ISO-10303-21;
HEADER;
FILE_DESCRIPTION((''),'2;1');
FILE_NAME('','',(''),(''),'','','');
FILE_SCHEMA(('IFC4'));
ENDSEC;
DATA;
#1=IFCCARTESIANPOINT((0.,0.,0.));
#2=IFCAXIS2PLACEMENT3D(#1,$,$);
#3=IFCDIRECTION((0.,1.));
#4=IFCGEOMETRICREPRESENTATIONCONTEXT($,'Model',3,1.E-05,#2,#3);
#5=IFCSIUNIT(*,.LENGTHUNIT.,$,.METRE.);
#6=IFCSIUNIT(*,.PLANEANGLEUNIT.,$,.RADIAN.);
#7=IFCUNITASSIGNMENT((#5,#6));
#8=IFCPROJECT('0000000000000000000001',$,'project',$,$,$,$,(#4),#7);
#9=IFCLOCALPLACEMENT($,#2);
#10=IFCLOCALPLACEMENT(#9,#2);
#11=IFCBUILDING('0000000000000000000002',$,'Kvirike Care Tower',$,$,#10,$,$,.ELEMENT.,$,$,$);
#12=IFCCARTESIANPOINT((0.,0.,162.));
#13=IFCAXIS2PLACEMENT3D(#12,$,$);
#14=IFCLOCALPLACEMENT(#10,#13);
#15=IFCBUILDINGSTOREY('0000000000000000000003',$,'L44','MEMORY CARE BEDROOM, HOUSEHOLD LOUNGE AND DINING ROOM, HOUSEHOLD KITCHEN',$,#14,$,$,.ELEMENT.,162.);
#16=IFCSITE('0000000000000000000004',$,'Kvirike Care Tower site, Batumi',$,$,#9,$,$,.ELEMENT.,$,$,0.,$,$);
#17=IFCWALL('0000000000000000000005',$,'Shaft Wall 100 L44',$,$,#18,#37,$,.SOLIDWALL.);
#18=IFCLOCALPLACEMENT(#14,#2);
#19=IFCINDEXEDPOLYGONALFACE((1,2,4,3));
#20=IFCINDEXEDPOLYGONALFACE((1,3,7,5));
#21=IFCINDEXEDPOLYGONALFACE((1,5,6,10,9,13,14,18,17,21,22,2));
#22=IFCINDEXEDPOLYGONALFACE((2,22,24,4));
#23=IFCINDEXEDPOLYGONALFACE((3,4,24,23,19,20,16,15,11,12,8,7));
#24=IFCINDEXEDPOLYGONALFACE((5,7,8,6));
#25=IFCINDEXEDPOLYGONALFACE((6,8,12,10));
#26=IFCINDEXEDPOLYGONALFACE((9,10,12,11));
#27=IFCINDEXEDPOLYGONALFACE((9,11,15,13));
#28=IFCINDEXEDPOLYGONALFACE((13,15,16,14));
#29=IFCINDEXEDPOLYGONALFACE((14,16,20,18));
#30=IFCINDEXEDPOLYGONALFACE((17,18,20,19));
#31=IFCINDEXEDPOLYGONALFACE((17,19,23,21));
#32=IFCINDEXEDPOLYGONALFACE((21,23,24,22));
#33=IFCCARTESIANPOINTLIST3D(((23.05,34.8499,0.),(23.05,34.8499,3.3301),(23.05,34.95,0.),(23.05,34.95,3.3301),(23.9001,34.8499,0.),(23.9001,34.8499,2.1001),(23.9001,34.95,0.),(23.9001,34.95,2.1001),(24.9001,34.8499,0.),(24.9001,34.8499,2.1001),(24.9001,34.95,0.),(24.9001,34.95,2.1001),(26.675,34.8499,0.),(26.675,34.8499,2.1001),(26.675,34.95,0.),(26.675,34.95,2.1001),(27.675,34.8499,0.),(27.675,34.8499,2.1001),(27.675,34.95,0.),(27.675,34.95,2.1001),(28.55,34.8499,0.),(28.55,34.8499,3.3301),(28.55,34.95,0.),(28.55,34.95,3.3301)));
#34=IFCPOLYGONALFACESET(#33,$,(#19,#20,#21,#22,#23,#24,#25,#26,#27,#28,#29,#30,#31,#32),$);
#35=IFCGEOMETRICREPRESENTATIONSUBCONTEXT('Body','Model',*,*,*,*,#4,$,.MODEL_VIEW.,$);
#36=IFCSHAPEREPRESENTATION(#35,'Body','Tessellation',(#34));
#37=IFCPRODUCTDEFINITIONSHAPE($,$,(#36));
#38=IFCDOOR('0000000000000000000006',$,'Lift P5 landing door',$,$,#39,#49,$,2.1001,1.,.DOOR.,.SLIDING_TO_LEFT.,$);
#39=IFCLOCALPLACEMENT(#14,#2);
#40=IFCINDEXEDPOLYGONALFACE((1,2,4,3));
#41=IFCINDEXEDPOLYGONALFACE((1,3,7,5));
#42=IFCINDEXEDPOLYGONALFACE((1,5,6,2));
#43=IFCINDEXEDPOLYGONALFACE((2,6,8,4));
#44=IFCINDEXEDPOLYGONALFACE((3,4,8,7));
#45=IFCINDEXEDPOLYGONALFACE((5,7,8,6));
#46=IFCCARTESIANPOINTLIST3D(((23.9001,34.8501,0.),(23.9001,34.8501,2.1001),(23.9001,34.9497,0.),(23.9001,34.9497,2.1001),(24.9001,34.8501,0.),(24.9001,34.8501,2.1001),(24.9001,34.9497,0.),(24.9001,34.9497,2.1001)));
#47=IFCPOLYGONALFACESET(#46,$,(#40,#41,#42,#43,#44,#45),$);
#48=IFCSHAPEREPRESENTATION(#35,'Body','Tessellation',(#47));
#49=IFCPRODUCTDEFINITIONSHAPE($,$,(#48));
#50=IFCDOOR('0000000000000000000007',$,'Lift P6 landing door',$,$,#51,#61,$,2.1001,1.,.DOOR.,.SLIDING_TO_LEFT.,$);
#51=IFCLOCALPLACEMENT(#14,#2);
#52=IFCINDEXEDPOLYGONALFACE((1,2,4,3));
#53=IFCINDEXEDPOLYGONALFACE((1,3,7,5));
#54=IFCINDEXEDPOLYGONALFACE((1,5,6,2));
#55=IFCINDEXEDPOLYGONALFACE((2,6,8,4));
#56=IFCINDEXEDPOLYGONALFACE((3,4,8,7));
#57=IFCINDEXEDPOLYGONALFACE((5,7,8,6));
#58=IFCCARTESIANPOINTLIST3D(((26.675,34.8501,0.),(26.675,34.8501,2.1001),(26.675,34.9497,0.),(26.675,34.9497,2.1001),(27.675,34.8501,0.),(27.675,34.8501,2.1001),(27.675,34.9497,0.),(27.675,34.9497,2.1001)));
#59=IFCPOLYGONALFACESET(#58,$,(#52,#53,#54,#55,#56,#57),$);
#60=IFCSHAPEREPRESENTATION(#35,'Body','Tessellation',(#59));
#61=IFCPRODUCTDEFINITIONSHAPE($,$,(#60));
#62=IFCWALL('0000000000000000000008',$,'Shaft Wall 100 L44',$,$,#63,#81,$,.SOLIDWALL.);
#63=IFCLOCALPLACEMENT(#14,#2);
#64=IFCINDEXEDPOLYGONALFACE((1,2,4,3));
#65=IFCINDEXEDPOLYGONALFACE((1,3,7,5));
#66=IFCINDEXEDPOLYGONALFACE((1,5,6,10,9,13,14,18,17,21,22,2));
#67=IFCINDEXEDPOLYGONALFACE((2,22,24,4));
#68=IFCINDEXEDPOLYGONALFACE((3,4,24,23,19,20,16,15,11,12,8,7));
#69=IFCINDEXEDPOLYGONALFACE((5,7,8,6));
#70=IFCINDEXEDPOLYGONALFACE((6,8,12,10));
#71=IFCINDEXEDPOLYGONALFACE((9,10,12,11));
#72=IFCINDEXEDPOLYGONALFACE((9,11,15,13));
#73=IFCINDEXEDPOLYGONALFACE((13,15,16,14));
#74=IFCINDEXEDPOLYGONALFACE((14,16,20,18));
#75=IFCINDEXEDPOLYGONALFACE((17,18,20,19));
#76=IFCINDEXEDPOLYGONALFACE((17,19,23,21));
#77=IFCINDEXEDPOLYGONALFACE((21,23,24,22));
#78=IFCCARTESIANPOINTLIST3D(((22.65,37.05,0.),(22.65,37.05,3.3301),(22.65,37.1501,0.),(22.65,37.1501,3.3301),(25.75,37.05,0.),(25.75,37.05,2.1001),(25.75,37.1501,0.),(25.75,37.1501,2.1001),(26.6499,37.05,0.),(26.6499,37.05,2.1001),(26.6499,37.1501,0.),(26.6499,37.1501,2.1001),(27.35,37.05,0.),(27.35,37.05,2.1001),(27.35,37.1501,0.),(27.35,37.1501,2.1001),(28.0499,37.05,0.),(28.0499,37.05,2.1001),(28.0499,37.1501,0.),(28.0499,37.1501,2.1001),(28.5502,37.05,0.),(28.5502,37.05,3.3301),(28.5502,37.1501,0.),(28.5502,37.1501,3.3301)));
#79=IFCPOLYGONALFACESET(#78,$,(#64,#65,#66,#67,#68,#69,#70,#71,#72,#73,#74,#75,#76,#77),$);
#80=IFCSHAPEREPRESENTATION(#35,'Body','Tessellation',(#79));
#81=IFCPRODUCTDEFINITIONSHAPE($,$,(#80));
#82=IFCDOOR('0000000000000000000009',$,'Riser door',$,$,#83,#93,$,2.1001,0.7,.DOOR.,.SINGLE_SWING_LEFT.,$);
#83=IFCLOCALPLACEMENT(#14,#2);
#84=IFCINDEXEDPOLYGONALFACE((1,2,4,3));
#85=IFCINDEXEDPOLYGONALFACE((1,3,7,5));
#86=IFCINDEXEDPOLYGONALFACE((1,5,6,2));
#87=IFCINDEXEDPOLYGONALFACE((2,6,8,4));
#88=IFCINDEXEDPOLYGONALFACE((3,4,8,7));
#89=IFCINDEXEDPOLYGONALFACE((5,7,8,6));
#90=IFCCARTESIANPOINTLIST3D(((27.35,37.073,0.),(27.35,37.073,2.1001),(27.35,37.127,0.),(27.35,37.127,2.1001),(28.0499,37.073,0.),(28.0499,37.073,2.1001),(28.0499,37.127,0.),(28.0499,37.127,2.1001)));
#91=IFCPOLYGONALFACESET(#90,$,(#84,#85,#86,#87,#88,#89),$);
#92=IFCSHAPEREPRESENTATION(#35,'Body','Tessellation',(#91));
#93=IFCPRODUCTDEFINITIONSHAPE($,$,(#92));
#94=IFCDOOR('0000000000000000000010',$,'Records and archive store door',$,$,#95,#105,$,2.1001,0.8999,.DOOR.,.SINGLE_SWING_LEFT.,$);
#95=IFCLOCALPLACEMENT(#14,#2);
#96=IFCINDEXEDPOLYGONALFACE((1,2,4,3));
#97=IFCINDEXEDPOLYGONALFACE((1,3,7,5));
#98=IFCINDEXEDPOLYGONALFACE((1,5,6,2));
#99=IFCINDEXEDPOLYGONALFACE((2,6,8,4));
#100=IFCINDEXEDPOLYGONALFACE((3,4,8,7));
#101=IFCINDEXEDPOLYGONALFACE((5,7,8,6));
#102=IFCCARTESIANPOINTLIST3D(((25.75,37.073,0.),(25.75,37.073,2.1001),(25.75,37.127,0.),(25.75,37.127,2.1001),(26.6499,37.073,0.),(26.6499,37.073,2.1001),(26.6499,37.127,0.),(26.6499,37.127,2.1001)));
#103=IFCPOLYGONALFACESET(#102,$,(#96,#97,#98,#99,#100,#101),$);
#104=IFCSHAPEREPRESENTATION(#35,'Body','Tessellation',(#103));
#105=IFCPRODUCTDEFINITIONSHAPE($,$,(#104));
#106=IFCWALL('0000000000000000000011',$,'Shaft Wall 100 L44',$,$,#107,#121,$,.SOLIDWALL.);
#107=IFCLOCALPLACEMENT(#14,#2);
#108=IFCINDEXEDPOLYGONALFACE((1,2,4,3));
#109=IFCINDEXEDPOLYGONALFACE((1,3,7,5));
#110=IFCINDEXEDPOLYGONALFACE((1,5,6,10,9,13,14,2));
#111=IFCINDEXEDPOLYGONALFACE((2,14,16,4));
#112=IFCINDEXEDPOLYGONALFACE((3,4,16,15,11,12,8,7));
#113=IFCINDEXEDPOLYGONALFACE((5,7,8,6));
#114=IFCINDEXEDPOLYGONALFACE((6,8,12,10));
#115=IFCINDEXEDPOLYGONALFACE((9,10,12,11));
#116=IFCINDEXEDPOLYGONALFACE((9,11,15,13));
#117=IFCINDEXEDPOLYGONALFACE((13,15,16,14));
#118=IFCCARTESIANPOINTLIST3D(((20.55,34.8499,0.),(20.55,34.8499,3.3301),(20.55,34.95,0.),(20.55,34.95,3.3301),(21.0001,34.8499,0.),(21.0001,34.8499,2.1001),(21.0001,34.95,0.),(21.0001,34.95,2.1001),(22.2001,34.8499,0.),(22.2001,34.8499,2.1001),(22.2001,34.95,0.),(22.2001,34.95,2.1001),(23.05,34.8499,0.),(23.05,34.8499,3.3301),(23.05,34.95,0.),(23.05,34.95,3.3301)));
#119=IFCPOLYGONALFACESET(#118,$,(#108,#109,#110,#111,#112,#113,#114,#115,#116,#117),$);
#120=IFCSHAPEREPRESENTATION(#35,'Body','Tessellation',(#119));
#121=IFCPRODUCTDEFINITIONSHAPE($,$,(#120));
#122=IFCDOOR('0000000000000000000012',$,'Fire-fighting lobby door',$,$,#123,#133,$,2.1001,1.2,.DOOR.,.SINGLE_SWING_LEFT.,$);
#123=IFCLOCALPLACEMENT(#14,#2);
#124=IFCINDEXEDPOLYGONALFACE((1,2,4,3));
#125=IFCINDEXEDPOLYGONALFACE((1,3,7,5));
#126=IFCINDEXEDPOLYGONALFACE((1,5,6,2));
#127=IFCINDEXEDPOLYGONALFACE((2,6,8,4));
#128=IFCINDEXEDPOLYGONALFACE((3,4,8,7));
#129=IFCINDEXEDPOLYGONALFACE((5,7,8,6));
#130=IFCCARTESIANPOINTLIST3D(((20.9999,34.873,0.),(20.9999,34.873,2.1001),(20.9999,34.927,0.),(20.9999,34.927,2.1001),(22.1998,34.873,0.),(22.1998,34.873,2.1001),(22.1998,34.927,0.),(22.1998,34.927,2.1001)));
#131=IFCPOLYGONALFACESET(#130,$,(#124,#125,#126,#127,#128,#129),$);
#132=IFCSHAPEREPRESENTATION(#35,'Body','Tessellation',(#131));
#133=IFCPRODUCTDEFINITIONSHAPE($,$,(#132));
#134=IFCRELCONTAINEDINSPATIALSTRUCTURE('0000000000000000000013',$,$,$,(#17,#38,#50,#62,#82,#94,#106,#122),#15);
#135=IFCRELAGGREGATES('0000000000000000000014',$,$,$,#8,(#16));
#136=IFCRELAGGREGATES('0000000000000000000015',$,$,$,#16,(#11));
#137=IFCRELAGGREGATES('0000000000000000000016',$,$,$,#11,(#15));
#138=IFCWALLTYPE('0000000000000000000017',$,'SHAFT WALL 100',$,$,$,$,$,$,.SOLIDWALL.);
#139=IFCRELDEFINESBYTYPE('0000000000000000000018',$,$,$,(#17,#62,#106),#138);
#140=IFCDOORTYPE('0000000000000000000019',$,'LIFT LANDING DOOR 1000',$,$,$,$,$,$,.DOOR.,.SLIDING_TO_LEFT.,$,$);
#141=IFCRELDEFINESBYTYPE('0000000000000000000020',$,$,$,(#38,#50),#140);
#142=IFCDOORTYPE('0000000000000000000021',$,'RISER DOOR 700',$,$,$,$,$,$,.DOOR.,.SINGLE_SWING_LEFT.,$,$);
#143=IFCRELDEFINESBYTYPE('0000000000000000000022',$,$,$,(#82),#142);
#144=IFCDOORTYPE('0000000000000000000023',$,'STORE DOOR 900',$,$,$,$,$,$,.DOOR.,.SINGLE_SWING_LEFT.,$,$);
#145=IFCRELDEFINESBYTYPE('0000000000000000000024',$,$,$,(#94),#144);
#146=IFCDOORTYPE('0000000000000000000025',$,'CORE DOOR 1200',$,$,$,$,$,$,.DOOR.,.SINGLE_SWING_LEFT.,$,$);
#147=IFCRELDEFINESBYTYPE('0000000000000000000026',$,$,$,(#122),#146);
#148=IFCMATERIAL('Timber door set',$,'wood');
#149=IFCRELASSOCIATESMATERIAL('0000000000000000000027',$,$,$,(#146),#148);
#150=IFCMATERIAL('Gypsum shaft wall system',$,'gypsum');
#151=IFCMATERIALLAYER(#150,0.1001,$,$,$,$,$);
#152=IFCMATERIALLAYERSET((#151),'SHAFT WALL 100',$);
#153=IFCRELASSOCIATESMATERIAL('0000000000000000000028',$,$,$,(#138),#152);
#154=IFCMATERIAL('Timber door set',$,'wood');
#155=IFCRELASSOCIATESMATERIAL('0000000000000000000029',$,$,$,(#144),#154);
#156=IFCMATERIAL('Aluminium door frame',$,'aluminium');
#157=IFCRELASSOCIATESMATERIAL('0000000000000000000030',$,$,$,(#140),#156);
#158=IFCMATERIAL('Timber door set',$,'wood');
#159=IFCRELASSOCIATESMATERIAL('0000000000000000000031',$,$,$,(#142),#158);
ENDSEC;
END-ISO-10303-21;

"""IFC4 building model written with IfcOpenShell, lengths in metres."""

from ifc_helpers import new_model, si_unit, direction, frame, frame_2d, origin, place, context, subcontext, project, spatial, rectangle, extrude, material, layer, layer_set, type_object, element, fill, save


model = new_model("IFC4")

# Units and contexts
model_context = context("Model", 3, precision=1e-05, world=origin(), true_north=direction((0.0, 1.0)))
body_context = subcontext(model_context, "Body", "Model", "MODEL_VIEW")
ifc_project = project(units=[si_unit("LENGTHUNIT", "METRE"), si_unit("PLANEANGLEUNIT", "RADIAN")], contexts=[model_context])

# Site, building, storey
site_placement = place(None, origin())
site = spatial("IfcSite", under=ifc_project, at=site_placement, Name="Kvirike Care Tower site, Batumi", CompositionType="ELEMENT", RefElevation=0.0)
building_placement = place(site_placement, origin())
building = spatial("IfcBuilding", under=site, at=building_placement, Name="Kvirike Care Tower", CompositionType="ELEMENT")
storey_placement = place(building_placement, frame((0.0, 0.0, 162.0)))
storey = spatial("IfcBuildingStorey", under=building, at=storey_placement, Name="L44", Description="MEMORY CARE BEDROOM, HOUSEHOLD LOUNGE AND DINING ROOM, HOUSEHOLD KITCHEN", CompositionType="ELEMENT", Elevation=162.0)

# Shared definitions
ifc_material_1 = material(Name="Timber door set", Category="wood")
door_type_1 = type_object("IfcDoorType", Name="CORE DOOR 1200", OperationType="SINGLE_SWING_LEFT", PredefinedType="DOOR", material=ifc_material_1)

# Shared definitions
ifc_material_2 = material(Name="Gypsum shaft wall system", Category="gypsum")
ifc_layer_1 = layer(ifc_material_2, 0.1001)
ifc_layer_set_1 = layer_set([ifc_layer_1], Name="SHAFT WALL 100")
wall_type_1 = type_object("IfcWallType", Name="SHAFT WALL 100", PredefinedType="SOLIDWALL", material=ifc_layer_set_1)

# Shared definitions
ifc_material_3 = material(Name="Timber door set", Category="wood")
door_type_2 = type_object("IfcDoorType", Name="STORE DOOR 900", OperationType="SINGLE_SWING_LEFT", PredefinedType="DOOR", material=ifc_material_3)

# Walls, openings, doors
wall_1_placement = place(storey_placement, frame((23.05, 34.8999, 0.0), z_axis=(0.0, 0.0, 1.0), x_axis=(1.0, 0.0, 0.0)))
wall_1 = element("IfcWall", 1, at=wall_1_placement, inside=storey, type_object=wall_type_1, Name="Shaft Wall 100 L44", PredefinedType="SOLIDWALL", context=body_context, shape_type="SweptSolid", body=[
    extrude(rectangle(XDim=5.5, YDim=0.1001, at=frame_2d((2.75, 0.0))), origin(), (0.0, 0.0, 1.0), 3.3301),
])
opening_1_placement = place(wall_1_placement, frame((0.8501, 0.0, 0.0)))
opening_1 = element("IfcOpeningElement", 2, at=opening_1_placement, cuts=wall_1, PredefinedType="OPENING", context=body_context, shape_type="SweptSolid", body=[
    extrude(rectangle(XDim=1.0, YDim=2.1001, at=frame_2d((0.5, 1.05))), frame((0.0, 0.0605, 0.0), z_axis=(0.0, -1.0, 0.0), x_axis=(1.0, 0.0, 0.0)), (0.0, 0.0, 1.0), 0.1211),
])
opening_2_placement = place(wall_1_placement, frame((3.625, 0.0, 0.0)))
opening_2 = element("IfcOpeningElement", 3, at=opening_2_placement, cuts=wall_1, PredefinedType="OPENING", context=body_context, shape_type="SweptSolid", body=[
    extrude(rectangle(XDim=1.0, YDim=2.1001, at=frame_2d((0.5, 1.05))), frame((0.0, 0.0605, 0.0), z_axis=(0.0, -1.0, 0.0), x_axis=(1.0, 0.0, 0.0)), (0.0, 0.0, 1.0), 0.1211),
])
ifc_material_4 = material(Name="Aluminium door frame", Category="aluminium")
door_type_3 = type_object("IfcDoorType", Name="LIFT LANDING DOOR 1000", OperationType="SLIDING_TO_LEFT", PredefinedType="DOOR", material=ifc_material_4)
door_1_placement = place(opening_1_placement, origin())
door_1 = element("IfcDoor", 4, at=door_1_placement, inside=storey, type_object=door_type_3, Name="Lift P5 landing door", OperationType="SLIDING_TO_LEFT", OverallHeight=2.1001, OverallWidth=1.0, PredefinedType="DOOR", context=body_context, shape_type="SweptSolid", body=[
    extrude(rectangle(XDim=1.0, YDim=2.1001, at=frame_2d((0.5, 1.05))), frame((0.0, 0.0498, 0.0), z_axis=(0.0, -1.0, 0.0), x_axis=(1.0, 0.0, 0.0)), (0.0, 0.0, 1.0), 0.0996),
])
fill(opening_1, door_1)
door_2_placement = place(opening_2_placement, origin())
door_2 = element("IfcDoor", 5, at=door_2_placement, inside=storey, type_object=door_type_3, Name="Lift P6 landing door", OperationType="SLIDING_TO_LEFT", OverallHeight=2.1001, OverallWidth=1.0, PredefinedType="DOOR", context=body_context, shape_type="SweptSolid", body=[
    extrude(rectangle(XDim=1.0, YDim=2.1001, at=frame_2d((0.5, 1.05))), frame((0.0, 0.0498, 0.0), z_axis=(0.0, -1.0, 0.0), x_axis=(1.0, 0.0, 0.0)), (0.0, 0.0, 1.0), 0.0996),
])
fill(opening_2, door_2)
wall_2_placement = place(storey_placement, frame((22.6499, 37.1001, 0.0), z_axis=(0.0, 0.0, 1.0), x_axis=(1.0, 0.0, 0.0)))
wall_2 = element("IfcWall", 6, at=wall_2_placement, inside=storey, type_object=wall_type_1, Name="Shaft Wall 100 L44", PredefinedType="SOLIDWALL", context=body_context, shape_type="SweptSolid", body=[
    extrude(rectangle(XDim=5.9001, YDim=0.1001, at=frame_2d((2.9502, 0.0))), origin(), (0.0, 0.0, 1.0), 3.3301),
])
opening_3_placement = place(wall_2_placement, frame((3.1001, 0.0, 0.0)))
opening_3 = element("IfcOpeningElement", 7, at=opening_3_placement, cuts=wall_2, PredefinedType="OPENING", context=body_context, shape_type="SweptSolid", body=[
    extrude(rectangle(XDim=0.8999, YDim=2.1001, at=frame_2d((0.45, 1.05))), frame((0.0, 0.0605, 0.0), z_axis=(0.0, -1.0, 0.0), x_axis=(1.0, 0.0, 0.0)), (0.0, 0.0, 1.0), 0.1211),
])
opening_4_placement = place(wall_2_placement, frame((4.7, 0.0, 0.0)))
opening_4 = element("IfcOpeningElement", 8, at=opening_4_placement, cuts=wall_2, PredefinedType="OPENING", context=body_context, shape_type="SweptSolid", body=[
    extrude(rectangle(XDim=0.7, YDim=2.1001, at=frame_2d((0.3501, 1.05))), frame((0.0, 0.0605, 0.0), z_axis=(0.0, -1.0, 0.0), x_axis=(1.0, 0.0, 0.0)), (0.0, 0.0, 1.0), 0.1211),
])
ifc_material_5 = material(Name="Timber door set", Category="wood")
door_type_4 = type_object("IfcDoorType", Name="RISER DOOR 700", OperationType="SINGLE_SWING_LEFT", PredefinedType="DOOR", material=ifc_material_5)
door_3_placement = place(opening_4_placement, origin())
door_3 = element("IfcDoor", 9, at=door_3_placement, inside=storey, type_object=door_type_4, Name="Riser door", OperationType="SINGLE_SWING_LEFT", OverallHeight=2.1001, OverallWidth=0.7, PredefinedType="DOOR", context=body_context, shape_type="SweptSolid", body=[
    extrude(rectangle(XDim=0.7, YDim=2.1001, at=frame_2d((0.3501, 1.05))), frame((0.0, 0.0269, 0.0), z_axis=(0.0, -1.0, 0.0), x_axis=(1.0, 0.0, 0.0)), (0.0, 0.0, 1.0), 0.054),
])
fill(opening_4, door_3)
door_4_placement = place(opening_3_placement, origin())
door_4 = element("IfcDoor", 10, at=door_4_placement, inside=storey, type_object=door_type_2, Name="Records and archive store door", OperationType="SINGLE_SWING_LEFT", OverallHeight=2.1001, OverallWidth=0.8999, PredefinedType="DOOR", context=body_context, shape_type="SweptSolid", body=[
    extrude(rectangle(XDim=0.8999, YDim=2.1001, at=frame_2d((0.45, 1.05))), frame((0.0, 0.0269, 0.0), z_axis=(0.0, -1.0, 0.0), x_axis=(1.0, 0.0, 0.0)), (0.0, 0.0, 1.0), 0.054),
])
fill(opening_3, door_4)

# Wall, opening, door
wall_3_placement = place(storey_placement, frame((20.55, 34.8999, 0.0), z_axis=(0.0, 0.0, 1.0), x_axis=(1.0, 0.0, 0.0)))
wall_3 = element("IfcWall", 11, at=wall_3_placement, inside=storey, type_object=wall_type_1, Name="Shaft Wall 100 L44", PredefinedType="SOLIDWALL", context=body_context, shape_type="SweptSolid", body=[
    extrude(rectangle(XDim=2.5, YDim=0.1001, at=frame_2d((1.25, 0.0))), origin(), (0.0, 0.0, 1.0), 3.3301),
])
opening_5_placement = place(wall_3_placement, frame((0.45, 0.0, 0.0)))
opening_5 = element("IfcOpeningElement", 12, at=opening_5_placement, cuts=wall_3, PredefinedType="OPENING", context=body_context, shape_type="SweptSolid", body=[
    extrude(rectangle(XDim=1.2, YDim=2.1001, at=frame_2d((0.6001, 1.05))), frame((0.0, 0.0605, 0.0), z_axis=(0.0, -1.0, 0.0), x_axis=(1.0, 0.0, 0.0)), (0.0, 0.0, 1.0), 0.1211),
])
door_5_placement = place(opening_5_placement, frame((1.2, 0.0, 0.0), z_axis=(0.0, 0.0, 1.0), x_axis=(-1.0, 0.0, 0.0)))
door_5 = element("IfcDoor", 13, at=door_5_placement, inside=storey, type_object=door_type_1, Name="Fire-fighting lobby door", OperationType="SINGLE_SWING_LEFT", OverallHeight=2.1001, OverallWidth=1.2, PredefinedType="DOOR", context=body_context, shape_type="SweptSolid", body=[
    extrude(rectangle(XDim=1.2, YDim=2.1001, at=frame_2d((0.6001, 1.05))), frame((0.0, 0.0269, 0.0), z_axis=(0.0, -1.0, 0.0), x_axis=(1.0, 0.0, 0.0)), (0.0, 0.0, 1.0), 0.054),
])
fill(opening_5, door_5)

save(model, "model.ifc")
